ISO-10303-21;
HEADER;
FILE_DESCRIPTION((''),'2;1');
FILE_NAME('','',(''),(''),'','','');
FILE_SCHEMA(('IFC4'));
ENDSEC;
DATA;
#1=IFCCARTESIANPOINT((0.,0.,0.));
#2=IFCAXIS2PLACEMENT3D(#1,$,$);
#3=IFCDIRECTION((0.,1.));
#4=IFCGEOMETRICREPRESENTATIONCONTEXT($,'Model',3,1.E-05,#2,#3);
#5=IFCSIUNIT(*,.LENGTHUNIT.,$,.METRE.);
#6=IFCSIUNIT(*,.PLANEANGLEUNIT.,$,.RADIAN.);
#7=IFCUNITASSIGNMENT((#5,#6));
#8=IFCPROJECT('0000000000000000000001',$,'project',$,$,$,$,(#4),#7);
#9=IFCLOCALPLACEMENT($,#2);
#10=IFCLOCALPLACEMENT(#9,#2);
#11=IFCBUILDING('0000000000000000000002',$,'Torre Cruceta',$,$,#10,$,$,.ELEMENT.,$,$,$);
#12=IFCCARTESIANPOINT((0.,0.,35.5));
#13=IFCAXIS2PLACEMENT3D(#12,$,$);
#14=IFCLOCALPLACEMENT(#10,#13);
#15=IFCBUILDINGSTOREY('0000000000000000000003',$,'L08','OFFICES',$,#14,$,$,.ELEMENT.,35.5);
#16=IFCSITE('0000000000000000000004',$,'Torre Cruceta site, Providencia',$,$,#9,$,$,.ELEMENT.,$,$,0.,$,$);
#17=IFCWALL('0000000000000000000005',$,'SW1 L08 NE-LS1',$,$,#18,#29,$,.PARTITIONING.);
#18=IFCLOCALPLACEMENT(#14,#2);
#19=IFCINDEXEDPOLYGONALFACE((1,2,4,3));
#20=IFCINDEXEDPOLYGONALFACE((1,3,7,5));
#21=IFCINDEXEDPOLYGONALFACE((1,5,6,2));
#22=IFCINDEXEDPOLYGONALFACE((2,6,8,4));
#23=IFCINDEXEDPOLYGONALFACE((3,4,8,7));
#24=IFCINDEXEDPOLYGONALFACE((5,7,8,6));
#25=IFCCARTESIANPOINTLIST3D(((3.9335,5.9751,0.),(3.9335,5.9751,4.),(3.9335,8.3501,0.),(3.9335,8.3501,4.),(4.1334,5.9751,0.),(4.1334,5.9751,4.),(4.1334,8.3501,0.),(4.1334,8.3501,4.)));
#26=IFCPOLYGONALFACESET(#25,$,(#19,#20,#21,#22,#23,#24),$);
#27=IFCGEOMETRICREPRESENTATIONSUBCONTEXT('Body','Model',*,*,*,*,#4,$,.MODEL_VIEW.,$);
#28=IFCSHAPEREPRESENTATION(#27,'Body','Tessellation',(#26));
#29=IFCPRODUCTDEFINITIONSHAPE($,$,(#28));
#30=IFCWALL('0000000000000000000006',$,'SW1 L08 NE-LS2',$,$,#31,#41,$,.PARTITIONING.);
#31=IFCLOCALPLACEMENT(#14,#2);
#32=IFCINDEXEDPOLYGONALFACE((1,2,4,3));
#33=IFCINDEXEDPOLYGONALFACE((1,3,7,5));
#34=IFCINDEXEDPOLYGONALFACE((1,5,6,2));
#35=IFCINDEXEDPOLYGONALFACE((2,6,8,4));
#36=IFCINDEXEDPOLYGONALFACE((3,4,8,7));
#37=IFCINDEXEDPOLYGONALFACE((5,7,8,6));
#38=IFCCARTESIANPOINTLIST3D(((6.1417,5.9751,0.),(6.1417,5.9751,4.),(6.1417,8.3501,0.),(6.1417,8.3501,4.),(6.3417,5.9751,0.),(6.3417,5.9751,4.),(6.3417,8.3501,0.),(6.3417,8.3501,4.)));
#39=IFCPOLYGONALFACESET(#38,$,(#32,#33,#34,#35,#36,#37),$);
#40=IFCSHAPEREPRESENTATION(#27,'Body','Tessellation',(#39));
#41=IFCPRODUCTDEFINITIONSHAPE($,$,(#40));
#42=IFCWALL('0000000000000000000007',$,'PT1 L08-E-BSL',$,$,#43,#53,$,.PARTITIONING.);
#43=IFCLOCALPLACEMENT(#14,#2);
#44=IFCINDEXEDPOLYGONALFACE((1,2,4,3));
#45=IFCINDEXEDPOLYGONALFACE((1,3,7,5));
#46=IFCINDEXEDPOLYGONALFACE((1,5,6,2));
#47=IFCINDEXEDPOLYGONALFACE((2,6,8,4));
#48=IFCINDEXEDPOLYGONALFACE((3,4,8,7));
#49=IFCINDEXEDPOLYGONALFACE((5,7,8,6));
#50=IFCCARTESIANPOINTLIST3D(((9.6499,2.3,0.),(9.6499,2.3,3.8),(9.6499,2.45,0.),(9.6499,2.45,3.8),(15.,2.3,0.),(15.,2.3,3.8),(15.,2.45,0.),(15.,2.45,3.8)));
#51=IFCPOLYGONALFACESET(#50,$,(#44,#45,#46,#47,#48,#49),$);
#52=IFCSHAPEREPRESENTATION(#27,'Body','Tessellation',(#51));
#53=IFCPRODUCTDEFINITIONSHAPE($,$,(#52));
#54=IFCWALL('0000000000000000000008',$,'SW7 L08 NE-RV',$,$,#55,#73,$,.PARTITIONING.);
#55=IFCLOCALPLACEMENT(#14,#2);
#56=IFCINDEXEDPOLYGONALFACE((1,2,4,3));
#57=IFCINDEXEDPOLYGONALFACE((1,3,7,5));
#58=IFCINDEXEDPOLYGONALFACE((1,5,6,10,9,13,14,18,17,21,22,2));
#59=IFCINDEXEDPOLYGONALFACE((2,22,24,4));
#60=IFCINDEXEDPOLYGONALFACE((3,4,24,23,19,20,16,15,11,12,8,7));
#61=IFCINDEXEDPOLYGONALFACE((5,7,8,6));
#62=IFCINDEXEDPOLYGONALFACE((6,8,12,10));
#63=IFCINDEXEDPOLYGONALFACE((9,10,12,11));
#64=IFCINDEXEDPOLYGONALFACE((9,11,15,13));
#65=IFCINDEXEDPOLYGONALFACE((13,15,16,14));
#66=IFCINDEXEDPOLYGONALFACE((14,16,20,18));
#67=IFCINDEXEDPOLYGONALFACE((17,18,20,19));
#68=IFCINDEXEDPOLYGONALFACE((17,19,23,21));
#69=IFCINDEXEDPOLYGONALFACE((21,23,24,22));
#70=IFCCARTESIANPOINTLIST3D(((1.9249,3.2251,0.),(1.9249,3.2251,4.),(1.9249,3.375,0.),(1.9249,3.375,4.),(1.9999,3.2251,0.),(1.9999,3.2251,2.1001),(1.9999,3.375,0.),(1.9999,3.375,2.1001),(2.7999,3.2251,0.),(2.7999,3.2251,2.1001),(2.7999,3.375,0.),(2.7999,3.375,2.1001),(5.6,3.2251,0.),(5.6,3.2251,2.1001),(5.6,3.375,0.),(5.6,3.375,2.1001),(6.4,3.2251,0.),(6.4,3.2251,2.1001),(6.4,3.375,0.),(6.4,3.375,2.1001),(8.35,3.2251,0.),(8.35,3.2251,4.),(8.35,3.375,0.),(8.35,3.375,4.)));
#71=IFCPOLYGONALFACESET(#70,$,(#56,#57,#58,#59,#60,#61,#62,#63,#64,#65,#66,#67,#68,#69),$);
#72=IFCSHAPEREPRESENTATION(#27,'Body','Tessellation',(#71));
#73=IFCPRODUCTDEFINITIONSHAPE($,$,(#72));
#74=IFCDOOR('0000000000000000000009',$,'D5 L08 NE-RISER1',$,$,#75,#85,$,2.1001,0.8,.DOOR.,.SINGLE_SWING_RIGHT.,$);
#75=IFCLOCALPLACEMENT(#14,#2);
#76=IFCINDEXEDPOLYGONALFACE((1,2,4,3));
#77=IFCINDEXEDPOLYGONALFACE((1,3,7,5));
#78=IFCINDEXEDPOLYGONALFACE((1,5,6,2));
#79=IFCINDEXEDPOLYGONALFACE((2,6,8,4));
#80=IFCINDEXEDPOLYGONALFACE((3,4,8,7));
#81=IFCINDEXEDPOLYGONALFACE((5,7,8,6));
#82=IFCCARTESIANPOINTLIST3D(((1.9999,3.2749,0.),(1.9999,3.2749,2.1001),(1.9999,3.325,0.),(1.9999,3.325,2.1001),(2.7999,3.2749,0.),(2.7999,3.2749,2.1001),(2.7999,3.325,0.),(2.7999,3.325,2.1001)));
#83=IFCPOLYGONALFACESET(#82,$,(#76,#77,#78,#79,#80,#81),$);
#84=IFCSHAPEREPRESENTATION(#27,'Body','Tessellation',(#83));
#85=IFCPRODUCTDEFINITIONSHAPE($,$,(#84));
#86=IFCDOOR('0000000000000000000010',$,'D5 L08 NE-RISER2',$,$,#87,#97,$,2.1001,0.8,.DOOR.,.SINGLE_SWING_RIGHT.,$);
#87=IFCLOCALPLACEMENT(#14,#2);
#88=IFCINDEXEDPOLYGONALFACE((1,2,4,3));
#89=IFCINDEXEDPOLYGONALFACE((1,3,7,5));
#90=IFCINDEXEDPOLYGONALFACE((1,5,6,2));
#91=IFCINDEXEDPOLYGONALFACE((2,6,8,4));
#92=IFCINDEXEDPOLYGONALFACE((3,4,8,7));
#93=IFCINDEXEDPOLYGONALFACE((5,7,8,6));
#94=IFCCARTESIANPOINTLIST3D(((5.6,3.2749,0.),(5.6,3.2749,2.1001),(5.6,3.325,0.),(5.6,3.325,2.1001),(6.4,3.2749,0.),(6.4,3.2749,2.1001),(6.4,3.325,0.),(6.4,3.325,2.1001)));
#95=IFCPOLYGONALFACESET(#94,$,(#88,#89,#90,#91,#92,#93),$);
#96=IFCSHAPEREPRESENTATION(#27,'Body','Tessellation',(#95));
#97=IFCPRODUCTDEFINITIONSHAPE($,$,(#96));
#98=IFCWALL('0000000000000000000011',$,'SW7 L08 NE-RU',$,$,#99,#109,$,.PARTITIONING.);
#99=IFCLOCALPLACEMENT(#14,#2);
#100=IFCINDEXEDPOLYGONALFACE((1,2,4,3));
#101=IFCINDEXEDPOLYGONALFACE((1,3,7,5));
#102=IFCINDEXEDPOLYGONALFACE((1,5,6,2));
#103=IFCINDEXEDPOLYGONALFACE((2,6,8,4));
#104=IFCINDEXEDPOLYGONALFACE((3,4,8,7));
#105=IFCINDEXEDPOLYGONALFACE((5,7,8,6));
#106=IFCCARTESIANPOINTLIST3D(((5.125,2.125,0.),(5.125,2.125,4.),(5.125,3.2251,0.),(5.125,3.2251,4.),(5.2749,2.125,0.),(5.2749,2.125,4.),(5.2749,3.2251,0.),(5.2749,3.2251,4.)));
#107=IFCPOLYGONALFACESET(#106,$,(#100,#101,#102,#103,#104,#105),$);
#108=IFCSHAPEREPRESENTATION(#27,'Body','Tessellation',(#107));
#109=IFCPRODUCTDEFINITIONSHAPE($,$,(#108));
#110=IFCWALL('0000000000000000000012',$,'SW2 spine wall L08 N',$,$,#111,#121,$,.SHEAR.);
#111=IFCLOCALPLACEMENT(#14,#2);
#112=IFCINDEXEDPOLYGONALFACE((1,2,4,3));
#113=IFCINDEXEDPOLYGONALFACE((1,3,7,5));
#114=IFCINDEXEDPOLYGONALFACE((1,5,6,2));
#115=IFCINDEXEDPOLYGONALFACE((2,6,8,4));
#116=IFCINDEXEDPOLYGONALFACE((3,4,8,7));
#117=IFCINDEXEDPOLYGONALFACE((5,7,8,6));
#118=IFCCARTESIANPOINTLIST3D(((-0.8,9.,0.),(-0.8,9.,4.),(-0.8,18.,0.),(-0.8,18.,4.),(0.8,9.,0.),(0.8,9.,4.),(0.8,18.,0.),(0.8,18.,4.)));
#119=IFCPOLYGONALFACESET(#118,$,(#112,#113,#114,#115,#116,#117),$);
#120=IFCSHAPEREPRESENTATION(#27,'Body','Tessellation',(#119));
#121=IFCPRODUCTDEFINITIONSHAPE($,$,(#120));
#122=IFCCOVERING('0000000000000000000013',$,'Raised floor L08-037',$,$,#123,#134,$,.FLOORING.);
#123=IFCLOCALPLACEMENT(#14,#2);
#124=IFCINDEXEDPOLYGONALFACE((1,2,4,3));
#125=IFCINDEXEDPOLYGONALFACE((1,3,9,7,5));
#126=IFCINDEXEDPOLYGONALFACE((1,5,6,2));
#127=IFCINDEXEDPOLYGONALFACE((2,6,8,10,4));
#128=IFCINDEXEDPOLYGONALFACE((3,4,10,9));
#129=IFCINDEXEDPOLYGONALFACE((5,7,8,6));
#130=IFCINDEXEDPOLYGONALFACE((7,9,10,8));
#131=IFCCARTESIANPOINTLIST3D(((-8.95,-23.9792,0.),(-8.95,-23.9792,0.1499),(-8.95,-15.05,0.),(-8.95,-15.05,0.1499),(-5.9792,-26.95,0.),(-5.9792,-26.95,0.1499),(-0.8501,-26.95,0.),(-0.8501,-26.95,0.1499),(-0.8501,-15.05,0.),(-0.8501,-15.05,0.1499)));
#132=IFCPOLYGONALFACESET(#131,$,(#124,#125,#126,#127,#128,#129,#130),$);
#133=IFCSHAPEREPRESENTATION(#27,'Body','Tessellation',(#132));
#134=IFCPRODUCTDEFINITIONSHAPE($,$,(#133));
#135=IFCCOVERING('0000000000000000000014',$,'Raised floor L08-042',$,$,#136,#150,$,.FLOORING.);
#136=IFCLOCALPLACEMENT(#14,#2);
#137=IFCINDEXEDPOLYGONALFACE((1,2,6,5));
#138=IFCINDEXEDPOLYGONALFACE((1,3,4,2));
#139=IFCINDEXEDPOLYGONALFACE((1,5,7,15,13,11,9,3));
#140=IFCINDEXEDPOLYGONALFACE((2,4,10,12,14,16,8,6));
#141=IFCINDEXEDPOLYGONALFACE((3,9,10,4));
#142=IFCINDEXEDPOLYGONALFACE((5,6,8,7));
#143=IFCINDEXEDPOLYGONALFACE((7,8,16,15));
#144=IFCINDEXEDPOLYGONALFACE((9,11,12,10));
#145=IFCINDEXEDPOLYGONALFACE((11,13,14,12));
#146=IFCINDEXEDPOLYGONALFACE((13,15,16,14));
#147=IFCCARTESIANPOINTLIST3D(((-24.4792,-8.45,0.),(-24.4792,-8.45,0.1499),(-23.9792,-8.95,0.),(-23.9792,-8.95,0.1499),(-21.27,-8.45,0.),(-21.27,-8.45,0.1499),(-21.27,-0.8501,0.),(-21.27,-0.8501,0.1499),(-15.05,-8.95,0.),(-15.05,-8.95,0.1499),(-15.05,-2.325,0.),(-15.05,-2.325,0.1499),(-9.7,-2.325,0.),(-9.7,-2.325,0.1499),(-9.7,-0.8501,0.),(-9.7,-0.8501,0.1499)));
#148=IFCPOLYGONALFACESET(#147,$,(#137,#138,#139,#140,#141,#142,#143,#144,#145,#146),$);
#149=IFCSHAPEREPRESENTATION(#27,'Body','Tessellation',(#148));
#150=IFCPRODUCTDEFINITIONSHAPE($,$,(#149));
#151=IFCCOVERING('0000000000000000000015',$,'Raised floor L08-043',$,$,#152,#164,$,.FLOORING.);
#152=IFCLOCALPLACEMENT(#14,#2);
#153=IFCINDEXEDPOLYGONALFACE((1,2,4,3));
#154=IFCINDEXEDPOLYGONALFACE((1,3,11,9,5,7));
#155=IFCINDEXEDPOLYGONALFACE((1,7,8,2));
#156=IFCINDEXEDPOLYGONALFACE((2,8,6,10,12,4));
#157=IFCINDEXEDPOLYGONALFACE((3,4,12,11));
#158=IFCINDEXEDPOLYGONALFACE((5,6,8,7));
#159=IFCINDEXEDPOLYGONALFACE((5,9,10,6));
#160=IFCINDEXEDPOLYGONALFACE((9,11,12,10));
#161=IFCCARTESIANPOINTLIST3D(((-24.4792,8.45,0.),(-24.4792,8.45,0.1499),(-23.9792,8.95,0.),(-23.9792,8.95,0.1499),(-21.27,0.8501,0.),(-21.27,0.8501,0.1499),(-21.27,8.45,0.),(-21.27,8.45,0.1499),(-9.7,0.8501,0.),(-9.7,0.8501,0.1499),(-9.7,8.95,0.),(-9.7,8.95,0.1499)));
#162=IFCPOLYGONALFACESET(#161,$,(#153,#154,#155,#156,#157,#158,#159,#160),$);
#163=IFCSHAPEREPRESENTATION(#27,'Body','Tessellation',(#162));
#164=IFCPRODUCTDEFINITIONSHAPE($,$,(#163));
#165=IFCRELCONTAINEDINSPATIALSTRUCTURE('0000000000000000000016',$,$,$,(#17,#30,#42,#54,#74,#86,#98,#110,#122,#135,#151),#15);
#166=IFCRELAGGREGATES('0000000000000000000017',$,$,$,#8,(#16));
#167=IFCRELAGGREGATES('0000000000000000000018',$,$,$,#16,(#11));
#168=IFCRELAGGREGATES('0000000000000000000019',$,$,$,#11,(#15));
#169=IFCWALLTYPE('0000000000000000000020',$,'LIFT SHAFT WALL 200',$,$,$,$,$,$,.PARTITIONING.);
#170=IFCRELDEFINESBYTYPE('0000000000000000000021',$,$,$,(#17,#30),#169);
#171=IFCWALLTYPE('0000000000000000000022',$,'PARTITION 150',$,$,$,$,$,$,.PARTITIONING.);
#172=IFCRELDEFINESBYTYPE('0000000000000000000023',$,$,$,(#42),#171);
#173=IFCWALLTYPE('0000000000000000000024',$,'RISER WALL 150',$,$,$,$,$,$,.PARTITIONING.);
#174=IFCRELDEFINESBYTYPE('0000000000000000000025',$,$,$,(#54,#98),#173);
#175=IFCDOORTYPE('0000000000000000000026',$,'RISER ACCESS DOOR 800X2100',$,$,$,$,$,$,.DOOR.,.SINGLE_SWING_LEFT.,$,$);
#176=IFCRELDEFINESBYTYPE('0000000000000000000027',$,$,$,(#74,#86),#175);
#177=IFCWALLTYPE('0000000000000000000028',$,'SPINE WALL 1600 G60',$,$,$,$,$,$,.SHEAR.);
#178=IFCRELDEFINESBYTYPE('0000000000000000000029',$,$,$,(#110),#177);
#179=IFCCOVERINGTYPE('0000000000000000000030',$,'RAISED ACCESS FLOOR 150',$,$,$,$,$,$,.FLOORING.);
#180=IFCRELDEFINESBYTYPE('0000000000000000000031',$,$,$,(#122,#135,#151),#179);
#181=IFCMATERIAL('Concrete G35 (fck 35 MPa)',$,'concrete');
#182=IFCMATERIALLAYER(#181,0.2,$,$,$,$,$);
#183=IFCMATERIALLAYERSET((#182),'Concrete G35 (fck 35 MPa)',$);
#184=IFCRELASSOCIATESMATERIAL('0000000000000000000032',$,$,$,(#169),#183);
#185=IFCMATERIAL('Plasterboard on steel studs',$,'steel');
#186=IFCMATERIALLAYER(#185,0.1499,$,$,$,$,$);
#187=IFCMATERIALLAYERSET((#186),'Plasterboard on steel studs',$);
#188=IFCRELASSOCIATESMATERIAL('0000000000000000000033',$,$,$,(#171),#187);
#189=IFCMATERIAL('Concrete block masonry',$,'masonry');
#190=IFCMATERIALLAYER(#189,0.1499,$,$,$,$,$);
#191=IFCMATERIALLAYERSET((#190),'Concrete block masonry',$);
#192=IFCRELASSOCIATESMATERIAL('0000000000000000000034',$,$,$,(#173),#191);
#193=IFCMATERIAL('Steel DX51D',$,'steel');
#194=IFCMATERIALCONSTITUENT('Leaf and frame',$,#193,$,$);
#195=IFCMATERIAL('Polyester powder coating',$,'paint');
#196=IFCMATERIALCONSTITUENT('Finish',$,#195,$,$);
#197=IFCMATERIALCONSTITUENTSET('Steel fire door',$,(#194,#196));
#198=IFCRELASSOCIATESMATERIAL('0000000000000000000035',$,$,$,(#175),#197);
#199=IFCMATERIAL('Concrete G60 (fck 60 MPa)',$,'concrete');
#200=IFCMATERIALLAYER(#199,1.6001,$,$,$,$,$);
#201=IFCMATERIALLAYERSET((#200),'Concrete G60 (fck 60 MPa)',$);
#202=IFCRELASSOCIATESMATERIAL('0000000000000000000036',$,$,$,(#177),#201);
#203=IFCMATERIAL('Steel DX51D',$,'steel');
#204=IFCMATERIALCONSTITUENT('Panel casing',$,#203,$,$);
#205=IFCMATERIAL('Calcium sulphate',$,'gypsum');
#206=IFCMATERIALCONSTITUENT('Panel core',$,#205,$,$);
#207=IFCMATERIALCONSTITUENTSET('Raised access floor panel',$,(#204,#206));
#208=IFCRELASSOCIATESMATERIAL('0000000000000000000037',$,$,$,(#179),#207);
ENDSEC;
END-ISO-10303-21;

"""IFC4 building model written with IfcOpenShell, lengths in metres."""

from ifc_helpers import new_model, si_unit, direction, frame, frame_2d, origin, place, context, subcontext, project, spatial, polyline, rectangle, outline, extrude, material, layer, layer_set, constituent, constituent_set, type_object, element, fill, save


model = new_model("IFC4")

# Units and contexts
model_context = context("Model", 3, precision=1e-05, world=origin(), true_north=direction((0.0, 1.0)))
body_context = subcontext(model_context, "Body", "Model", "MODEL_VIEW")
ifc_project = project(units=[si_unit("LENGTHUNIT", "METRE"), si_unit("PLANEANGLEUNIT", "RADIAN")], contexts=[model_context])

# Site, building, storey
site_placement = place(None, origin())
site = spatial("IfcSite", under=ifc_project, at=site_placement, Name="Torre Cruceta site, Providencia", CompositionType="ELEMENT", RefElevation=0.0)
building_placement = place(site_placement, origin())
building = spatial("IfcBuilding", under=site, at=building_placement, Name="Torre Cruceta", CompositionType="ELEMENT")
storey_placement = place(building_placement, frame((0.0, 0.0, 35.5)))
storey = spatial("IfcBuildingStorey", under=building, at=storey_placement, Name="L08", Description="OFFICES", CompositionType="ELEMENT", Elevation=35.5)

# Walls
ifc_material_1 = material(Name="Concrete G35 (fck 35 MPa)", Category="concrete")
ifc_layer_1 = layer(ifc_material_1, 0.2)
ifc_layer_set_1 = layer_set([ifc_layer_1], Name="Concrete G35 (fck 35 MPa)")
wall_type_1 = type_object("IfcWallType", Name="LIFT SHAFT WALL 200", PredefinedType="PARTITIONING", material=ifc_layer_set_1)
for number, where, z_axis, x_axis, name in (
    (1, (4.0334, 5.9751, 0.0), (0.0, 0.0, 1.0), (0.0, 1.0, 0.0), "SW1 L08 NE-LS1"),
    (2, (6.2417, 5.9751, 0.0), (0.0, 0.0, 1.0), (0.0, 1.0, 0.0), "SW1 L08 NE-LS2"),
):
    element("IfcWall", number, at=place(storey_placement, frame(where, z_axis=z_axis, x_axis=x_axis)), inside=storey, type_object=wall_type_1, Name=name, PredefinedType="PARTITIONING", context=body_context, shape_type="SweptSolid", body=[
        extrude(rectangle(XDim=2.375, YDim=0.2, at=frame_2d((1.1875, 0.0))), origin(), (0.0, 0.0, 1.0), 4.0),
    ])
ifc_material_2 = material(Name="Plasterboard on steel studs", Category="steel")
ifc_layer_2 = layer(ifc_material_2, 0.1499)
ifc_layer_set_2 = layer_set([ifc_layer_2], Name="Plasterboard on steel studs")
wall_type_2 = type_object("IfcWallType", Name="PARTITION 150", PredefinedType="PARTITIONING", material=ifc_layer_set_2)
wall_1_placement = place(storey_placement, frame((9.6499, 2.375, 0.0), z_axis=(0.0, 0.0, 1.0), x_axis=(1.0, 0.0, 0.0)))
element("IfcWall", 3, at=wall_1_placement, inside=storey, type_object=wall_type_2, Name="PT1 L08-E-BSL", PredefinedType="PARTITIONING", context=body_context, shape_type="SweptSolid", body=[
    extrude(rectangle(XDim=5.3501, YDim=0.1499, at=frame_2d((2.675, 0.0))), origin(), (0.0, 0.0, 1.0), 3.8),
])

# Wall, openings, doors
ifc_material_3 = material(Name="Concrete block masonry", Category="masonry")
ifc_layer_3 = layer(ifc_material_3, 0.1499)
ifc_layer_set_3 = layer_set([ifc_layer_3], Name="Concrete block masonry")
wall_type_3 = type_object("IfcWallType", Name="RISER WALL 150", PredefinedType="PARTITIONING", material=ifc_layer_set_3)
wall_2_placement = place(storey_placement, frame((1.925, 3.3, 0.0), z_axis=(0.0, 0.0, 1.0), x_axis=(1.0, 0.0, 0.0)))
wall_2 = element("IfcWall", 4, at=wall_2_placement, inside=storey, type_object=wall_type_3, Name="SW7 L08 NE-RV", PredefinedType="PARTITIONING", context=body_context, shape_type="SweptSolid", body=[
    extrude(rectangle(XDim=6.425, YDim=0.1499, at=frame_2d((3.2124, 0.0))), origin(), (0.0, 0.0, 1.0), 4.0),
])
opening_1_placement = place(wall_2_placement, frame((0.075, 0.0, 0.0)))
opening_1 = element("IfcOpeningElement", 5, at=opening_1_placement, cuts=wall_2, PredefinedType="OPENING", context=body_context, shape_type="SweptSolid", body=[
    extrude(rectangle(XDim=0.8, YDim=2.1001, at=frame_2d((0.3999, 1.05))), frame((0.0, 0.085, 0.0), z_axis=(0.0, -1.0, 0.0), x_axis=(1.0, 0.0, 0.0)), (0.0, 0.0, 1.0), 0.1699),
])
opening_2_placement = place(wall_2_placement, frame((3.675, 0.0, 0.0)))
opening_2 = element("IfcOpeningElement", 6, at=opening_2_placement, cuts=wall_2, PredefinedType="OPENING", context=body_context, shape_type="SweptSolid", body=[
    extrude(rectangle(XDim=0.8, YDim=2.1001, at=frame_2d((0.3999, 1.05))), frame((0.0, 0.085, 0.0), z_axis=(0.0, -1.0, 0.0), x_axis=(1.0, 0.0, 0.0)), (0.0, 0.0, 1.0), 0.1699),
])
ifc_material_4 = material(Name="Steel DX51D", Category="steel")
ifc_constituent_1 = constituent(ifc_material_4, Name="Leaf and frame")
ifc_material_5 = material(Name="Polyester powder coating", Category="paint")
ifc_constituent_2 = constituent(ifc_material_5, Name="Finish")
ifc_constituent_set_1 = constituent_set(constituents=[ifc_constituent_1, ifc_constituent_2], Name="Steel fire door")
door_type_1 = type_object("IfcDoorType", Name="RISER ACCESS DOOR 800X2100", OperationType="SINGLE_SWING_LEFT", PredefinedType="DOOR", material=ifc_constituent_set_1)
door_1_placement = place(opening_1_placement, frame((0.8, 0.0, 0.0), z_axis=(0.0, 0.0, 1.0), x_axis=(-1.0, 0.0, 0.0)))
door_1 = element("IfcDoor", 7, at=door_1_placement, inside=storey, type_object=door_type_1, Name="D5 L08 NE-RISER1", OperationType="SINGLE_SWING_RIGHT", OverallHeight=2.1001, OverallWidth=0.8, PredefinedType="DOOR", context=body_context, shape_type="SweptSolid", body=[
    extrude(rectangle(XDim=0.8, YDim=2.1001, at=frame_2d((0.4001, 1.05))), frame((0.0, 0.0251, 0.0), z_axis=(0.0, -1.0, 0.0), x_axis=(1.0, 0.0, 0.0)), (0.0, 0.0, 1.0), 0.05),
])
fill(opening_1, door_1)
door_2_placement = place(opening_2_placement, frame((0.8, 0.0, 0.0), z_axis=(0.0, 0.0, 1.0), x_axis=(-1.0, 0.0, 0.0)))
door_2 = element("IfcDoor", 8, at=door_2_placement, inside=storey, type_object=door_type_1, Name="D5 L08 NE-RISER2", OperationType="SINGLE_SWING_RIGHT", OverallHeight=2.1001, OverallWidth=0.8, PredefinedType="DOOR", context=body_context, shape_type="SweptSolid", body=[
    extrude(rectangle(XDim=0.8, YDim=2.1001, at=frame_2d((0.4001, 1.05))), frame((0.0, 0.0251, 0.0), z_axis=(0.0, -1.0, 0.0), x_axis=(1.0, 0.0, 0.0)), (0.0, 0.0, 1.0), 0.05),
])
fill(opening_2, door_2)

# Walls
wall_3_placement = place(storey_placement, frame((5.2, 2.125, 0.0), z_axis=(0.0, 0.0, 1.0), x_axis=(0.0, 1.0, 0.0)))
element("IfcWall", 9, at=wall_3_placement, inside=storey, type_object=wall_type_3, Name="SW7 L08 NE-RU", PredefinedType="PARTITIONING", context=body_context, shape_type="SweptSolid", body=[
    extrude(rectangle(XDim=1.1001, YDim=0.1499, at=frame_2d((0.55, 0.0))), origin(), (0.0, 0.0, 1.0), 4.0),
])
ifc_material_6 = material(Name="Concrete G60 (fck 60 MPa)", Category="concrete")
ifc_layer_4 = layer(ifc_material_6, 1.6001)
ifc_layer_set_4 = layer_set([ifc_layer_4], Name="Concrete G60 (fck 60 MPa)")
wall_type_4 = type_object("IfcWallType", Name="SPINE WALL 1600 G60", PredefinedType="SHEAR", material=ifc_layer_set_4)
wall_4_placement = place(storey_placement, frame((0.0, 9.0, 0.0), z_axis=(0.0, 0.0, 1.0), x_axis=(0.0, 1.0, 0.0)))
element("IfcWall", 10, at=wall_4_placement, inside=storey, type_object=wall_type_4, Name="SW2 spine wall L08 N", PredefinedType="SHEAR", context=body_context, shape_type="SweptSolid", body=[
    extrude(rectangle(XDim=9.0, YDim=1.6001, at=frame_2d((4.5, 0.0))), origin(), (0.0, 0.0, 1.0), 4.0),
])

# Coverings
ifc_material_7 = material(Name="Steel DX51D", Category="steel")
ifc_constituent_3 = constituent(ifc_material_7, Name="Panel casing")
ifc_material_8 = material(Name="Calcium sulphate", Category="gypsum")
ifc_constituent_4 = constituent(ifc_material_8, Name="Panel core")
ifc_constituent_set_2 = constituent_set(constituents=[ifc_constituent_3, ifc_constituent_4], Name="Raised access floor panel")
covering_type_1 = type_object("IfcCoveringType", Name="RAISED ACCESS FLOOR 150", PredefinedType="FLOORING", material=ifc_constituent_set_2)
covering_1_placement = place(storey_placement, origin())
element("IfcCovering", 11, at=covering_1_placement, inside=storey, type_object=covering_type_1, Name="Raised floor L08-037", PredefinedType="FLOORING", context=body_context, shape_type="SweptSolid", body=[
    extrude(outline(polyline([(-5.9792, -26.95), (-8.95, -23.9792), (-8.95, -15.05), (-0.8501, -15.05), (-0.8501, -26.95), (-5.9792, -26.95)])), origin(), (0.0, 0.0, 1.0), 0.1499),
])
covering_2_placement = place(storey_placement, origin())
element("IfcCovering", 12, at=covering_2_placement, inside=storey, type_object=covering_type_1, Name="Raised floor L08-042", PredefinedType="FLOORING", context=body_context, shape_type="SweptSolid", body=[
    extrude(outline(polyline([(-21.27, -0.8501), (-9.7, -0.8501), (-9.7, -2.325), (-15.05, -2.325), (-15.05, -8.95), (-23.9792, -8.95), (-24.4792, -8.45), (-21.27, -8.45), (-21.27, -0.8501)])), origin(), (0.0, 0.0, 1.0), 0.1499),
])
covering_3_placement = place(storey_placement, origin())
element("IfcCovering", 13, at=covering_3_placement, inside=storey, type_object=covering_type_1, Name="Raised floor L08-043", PredefinedType="FLOORING", context=body_context, shape_type="SweptSolid", body=[
    extrude(outline(polyline([(-21.27, 8.45), (-24.4792, 8.45), (-23.9792, 8.95), (-9.7, 8.95), (-9.7, 0.8501), (-21.27, 0.8501), (-21.27, 8.45)])), origin(), (0.0, 0.0, 1.0), 0.1499),
])

save(model, "model.ifc")
